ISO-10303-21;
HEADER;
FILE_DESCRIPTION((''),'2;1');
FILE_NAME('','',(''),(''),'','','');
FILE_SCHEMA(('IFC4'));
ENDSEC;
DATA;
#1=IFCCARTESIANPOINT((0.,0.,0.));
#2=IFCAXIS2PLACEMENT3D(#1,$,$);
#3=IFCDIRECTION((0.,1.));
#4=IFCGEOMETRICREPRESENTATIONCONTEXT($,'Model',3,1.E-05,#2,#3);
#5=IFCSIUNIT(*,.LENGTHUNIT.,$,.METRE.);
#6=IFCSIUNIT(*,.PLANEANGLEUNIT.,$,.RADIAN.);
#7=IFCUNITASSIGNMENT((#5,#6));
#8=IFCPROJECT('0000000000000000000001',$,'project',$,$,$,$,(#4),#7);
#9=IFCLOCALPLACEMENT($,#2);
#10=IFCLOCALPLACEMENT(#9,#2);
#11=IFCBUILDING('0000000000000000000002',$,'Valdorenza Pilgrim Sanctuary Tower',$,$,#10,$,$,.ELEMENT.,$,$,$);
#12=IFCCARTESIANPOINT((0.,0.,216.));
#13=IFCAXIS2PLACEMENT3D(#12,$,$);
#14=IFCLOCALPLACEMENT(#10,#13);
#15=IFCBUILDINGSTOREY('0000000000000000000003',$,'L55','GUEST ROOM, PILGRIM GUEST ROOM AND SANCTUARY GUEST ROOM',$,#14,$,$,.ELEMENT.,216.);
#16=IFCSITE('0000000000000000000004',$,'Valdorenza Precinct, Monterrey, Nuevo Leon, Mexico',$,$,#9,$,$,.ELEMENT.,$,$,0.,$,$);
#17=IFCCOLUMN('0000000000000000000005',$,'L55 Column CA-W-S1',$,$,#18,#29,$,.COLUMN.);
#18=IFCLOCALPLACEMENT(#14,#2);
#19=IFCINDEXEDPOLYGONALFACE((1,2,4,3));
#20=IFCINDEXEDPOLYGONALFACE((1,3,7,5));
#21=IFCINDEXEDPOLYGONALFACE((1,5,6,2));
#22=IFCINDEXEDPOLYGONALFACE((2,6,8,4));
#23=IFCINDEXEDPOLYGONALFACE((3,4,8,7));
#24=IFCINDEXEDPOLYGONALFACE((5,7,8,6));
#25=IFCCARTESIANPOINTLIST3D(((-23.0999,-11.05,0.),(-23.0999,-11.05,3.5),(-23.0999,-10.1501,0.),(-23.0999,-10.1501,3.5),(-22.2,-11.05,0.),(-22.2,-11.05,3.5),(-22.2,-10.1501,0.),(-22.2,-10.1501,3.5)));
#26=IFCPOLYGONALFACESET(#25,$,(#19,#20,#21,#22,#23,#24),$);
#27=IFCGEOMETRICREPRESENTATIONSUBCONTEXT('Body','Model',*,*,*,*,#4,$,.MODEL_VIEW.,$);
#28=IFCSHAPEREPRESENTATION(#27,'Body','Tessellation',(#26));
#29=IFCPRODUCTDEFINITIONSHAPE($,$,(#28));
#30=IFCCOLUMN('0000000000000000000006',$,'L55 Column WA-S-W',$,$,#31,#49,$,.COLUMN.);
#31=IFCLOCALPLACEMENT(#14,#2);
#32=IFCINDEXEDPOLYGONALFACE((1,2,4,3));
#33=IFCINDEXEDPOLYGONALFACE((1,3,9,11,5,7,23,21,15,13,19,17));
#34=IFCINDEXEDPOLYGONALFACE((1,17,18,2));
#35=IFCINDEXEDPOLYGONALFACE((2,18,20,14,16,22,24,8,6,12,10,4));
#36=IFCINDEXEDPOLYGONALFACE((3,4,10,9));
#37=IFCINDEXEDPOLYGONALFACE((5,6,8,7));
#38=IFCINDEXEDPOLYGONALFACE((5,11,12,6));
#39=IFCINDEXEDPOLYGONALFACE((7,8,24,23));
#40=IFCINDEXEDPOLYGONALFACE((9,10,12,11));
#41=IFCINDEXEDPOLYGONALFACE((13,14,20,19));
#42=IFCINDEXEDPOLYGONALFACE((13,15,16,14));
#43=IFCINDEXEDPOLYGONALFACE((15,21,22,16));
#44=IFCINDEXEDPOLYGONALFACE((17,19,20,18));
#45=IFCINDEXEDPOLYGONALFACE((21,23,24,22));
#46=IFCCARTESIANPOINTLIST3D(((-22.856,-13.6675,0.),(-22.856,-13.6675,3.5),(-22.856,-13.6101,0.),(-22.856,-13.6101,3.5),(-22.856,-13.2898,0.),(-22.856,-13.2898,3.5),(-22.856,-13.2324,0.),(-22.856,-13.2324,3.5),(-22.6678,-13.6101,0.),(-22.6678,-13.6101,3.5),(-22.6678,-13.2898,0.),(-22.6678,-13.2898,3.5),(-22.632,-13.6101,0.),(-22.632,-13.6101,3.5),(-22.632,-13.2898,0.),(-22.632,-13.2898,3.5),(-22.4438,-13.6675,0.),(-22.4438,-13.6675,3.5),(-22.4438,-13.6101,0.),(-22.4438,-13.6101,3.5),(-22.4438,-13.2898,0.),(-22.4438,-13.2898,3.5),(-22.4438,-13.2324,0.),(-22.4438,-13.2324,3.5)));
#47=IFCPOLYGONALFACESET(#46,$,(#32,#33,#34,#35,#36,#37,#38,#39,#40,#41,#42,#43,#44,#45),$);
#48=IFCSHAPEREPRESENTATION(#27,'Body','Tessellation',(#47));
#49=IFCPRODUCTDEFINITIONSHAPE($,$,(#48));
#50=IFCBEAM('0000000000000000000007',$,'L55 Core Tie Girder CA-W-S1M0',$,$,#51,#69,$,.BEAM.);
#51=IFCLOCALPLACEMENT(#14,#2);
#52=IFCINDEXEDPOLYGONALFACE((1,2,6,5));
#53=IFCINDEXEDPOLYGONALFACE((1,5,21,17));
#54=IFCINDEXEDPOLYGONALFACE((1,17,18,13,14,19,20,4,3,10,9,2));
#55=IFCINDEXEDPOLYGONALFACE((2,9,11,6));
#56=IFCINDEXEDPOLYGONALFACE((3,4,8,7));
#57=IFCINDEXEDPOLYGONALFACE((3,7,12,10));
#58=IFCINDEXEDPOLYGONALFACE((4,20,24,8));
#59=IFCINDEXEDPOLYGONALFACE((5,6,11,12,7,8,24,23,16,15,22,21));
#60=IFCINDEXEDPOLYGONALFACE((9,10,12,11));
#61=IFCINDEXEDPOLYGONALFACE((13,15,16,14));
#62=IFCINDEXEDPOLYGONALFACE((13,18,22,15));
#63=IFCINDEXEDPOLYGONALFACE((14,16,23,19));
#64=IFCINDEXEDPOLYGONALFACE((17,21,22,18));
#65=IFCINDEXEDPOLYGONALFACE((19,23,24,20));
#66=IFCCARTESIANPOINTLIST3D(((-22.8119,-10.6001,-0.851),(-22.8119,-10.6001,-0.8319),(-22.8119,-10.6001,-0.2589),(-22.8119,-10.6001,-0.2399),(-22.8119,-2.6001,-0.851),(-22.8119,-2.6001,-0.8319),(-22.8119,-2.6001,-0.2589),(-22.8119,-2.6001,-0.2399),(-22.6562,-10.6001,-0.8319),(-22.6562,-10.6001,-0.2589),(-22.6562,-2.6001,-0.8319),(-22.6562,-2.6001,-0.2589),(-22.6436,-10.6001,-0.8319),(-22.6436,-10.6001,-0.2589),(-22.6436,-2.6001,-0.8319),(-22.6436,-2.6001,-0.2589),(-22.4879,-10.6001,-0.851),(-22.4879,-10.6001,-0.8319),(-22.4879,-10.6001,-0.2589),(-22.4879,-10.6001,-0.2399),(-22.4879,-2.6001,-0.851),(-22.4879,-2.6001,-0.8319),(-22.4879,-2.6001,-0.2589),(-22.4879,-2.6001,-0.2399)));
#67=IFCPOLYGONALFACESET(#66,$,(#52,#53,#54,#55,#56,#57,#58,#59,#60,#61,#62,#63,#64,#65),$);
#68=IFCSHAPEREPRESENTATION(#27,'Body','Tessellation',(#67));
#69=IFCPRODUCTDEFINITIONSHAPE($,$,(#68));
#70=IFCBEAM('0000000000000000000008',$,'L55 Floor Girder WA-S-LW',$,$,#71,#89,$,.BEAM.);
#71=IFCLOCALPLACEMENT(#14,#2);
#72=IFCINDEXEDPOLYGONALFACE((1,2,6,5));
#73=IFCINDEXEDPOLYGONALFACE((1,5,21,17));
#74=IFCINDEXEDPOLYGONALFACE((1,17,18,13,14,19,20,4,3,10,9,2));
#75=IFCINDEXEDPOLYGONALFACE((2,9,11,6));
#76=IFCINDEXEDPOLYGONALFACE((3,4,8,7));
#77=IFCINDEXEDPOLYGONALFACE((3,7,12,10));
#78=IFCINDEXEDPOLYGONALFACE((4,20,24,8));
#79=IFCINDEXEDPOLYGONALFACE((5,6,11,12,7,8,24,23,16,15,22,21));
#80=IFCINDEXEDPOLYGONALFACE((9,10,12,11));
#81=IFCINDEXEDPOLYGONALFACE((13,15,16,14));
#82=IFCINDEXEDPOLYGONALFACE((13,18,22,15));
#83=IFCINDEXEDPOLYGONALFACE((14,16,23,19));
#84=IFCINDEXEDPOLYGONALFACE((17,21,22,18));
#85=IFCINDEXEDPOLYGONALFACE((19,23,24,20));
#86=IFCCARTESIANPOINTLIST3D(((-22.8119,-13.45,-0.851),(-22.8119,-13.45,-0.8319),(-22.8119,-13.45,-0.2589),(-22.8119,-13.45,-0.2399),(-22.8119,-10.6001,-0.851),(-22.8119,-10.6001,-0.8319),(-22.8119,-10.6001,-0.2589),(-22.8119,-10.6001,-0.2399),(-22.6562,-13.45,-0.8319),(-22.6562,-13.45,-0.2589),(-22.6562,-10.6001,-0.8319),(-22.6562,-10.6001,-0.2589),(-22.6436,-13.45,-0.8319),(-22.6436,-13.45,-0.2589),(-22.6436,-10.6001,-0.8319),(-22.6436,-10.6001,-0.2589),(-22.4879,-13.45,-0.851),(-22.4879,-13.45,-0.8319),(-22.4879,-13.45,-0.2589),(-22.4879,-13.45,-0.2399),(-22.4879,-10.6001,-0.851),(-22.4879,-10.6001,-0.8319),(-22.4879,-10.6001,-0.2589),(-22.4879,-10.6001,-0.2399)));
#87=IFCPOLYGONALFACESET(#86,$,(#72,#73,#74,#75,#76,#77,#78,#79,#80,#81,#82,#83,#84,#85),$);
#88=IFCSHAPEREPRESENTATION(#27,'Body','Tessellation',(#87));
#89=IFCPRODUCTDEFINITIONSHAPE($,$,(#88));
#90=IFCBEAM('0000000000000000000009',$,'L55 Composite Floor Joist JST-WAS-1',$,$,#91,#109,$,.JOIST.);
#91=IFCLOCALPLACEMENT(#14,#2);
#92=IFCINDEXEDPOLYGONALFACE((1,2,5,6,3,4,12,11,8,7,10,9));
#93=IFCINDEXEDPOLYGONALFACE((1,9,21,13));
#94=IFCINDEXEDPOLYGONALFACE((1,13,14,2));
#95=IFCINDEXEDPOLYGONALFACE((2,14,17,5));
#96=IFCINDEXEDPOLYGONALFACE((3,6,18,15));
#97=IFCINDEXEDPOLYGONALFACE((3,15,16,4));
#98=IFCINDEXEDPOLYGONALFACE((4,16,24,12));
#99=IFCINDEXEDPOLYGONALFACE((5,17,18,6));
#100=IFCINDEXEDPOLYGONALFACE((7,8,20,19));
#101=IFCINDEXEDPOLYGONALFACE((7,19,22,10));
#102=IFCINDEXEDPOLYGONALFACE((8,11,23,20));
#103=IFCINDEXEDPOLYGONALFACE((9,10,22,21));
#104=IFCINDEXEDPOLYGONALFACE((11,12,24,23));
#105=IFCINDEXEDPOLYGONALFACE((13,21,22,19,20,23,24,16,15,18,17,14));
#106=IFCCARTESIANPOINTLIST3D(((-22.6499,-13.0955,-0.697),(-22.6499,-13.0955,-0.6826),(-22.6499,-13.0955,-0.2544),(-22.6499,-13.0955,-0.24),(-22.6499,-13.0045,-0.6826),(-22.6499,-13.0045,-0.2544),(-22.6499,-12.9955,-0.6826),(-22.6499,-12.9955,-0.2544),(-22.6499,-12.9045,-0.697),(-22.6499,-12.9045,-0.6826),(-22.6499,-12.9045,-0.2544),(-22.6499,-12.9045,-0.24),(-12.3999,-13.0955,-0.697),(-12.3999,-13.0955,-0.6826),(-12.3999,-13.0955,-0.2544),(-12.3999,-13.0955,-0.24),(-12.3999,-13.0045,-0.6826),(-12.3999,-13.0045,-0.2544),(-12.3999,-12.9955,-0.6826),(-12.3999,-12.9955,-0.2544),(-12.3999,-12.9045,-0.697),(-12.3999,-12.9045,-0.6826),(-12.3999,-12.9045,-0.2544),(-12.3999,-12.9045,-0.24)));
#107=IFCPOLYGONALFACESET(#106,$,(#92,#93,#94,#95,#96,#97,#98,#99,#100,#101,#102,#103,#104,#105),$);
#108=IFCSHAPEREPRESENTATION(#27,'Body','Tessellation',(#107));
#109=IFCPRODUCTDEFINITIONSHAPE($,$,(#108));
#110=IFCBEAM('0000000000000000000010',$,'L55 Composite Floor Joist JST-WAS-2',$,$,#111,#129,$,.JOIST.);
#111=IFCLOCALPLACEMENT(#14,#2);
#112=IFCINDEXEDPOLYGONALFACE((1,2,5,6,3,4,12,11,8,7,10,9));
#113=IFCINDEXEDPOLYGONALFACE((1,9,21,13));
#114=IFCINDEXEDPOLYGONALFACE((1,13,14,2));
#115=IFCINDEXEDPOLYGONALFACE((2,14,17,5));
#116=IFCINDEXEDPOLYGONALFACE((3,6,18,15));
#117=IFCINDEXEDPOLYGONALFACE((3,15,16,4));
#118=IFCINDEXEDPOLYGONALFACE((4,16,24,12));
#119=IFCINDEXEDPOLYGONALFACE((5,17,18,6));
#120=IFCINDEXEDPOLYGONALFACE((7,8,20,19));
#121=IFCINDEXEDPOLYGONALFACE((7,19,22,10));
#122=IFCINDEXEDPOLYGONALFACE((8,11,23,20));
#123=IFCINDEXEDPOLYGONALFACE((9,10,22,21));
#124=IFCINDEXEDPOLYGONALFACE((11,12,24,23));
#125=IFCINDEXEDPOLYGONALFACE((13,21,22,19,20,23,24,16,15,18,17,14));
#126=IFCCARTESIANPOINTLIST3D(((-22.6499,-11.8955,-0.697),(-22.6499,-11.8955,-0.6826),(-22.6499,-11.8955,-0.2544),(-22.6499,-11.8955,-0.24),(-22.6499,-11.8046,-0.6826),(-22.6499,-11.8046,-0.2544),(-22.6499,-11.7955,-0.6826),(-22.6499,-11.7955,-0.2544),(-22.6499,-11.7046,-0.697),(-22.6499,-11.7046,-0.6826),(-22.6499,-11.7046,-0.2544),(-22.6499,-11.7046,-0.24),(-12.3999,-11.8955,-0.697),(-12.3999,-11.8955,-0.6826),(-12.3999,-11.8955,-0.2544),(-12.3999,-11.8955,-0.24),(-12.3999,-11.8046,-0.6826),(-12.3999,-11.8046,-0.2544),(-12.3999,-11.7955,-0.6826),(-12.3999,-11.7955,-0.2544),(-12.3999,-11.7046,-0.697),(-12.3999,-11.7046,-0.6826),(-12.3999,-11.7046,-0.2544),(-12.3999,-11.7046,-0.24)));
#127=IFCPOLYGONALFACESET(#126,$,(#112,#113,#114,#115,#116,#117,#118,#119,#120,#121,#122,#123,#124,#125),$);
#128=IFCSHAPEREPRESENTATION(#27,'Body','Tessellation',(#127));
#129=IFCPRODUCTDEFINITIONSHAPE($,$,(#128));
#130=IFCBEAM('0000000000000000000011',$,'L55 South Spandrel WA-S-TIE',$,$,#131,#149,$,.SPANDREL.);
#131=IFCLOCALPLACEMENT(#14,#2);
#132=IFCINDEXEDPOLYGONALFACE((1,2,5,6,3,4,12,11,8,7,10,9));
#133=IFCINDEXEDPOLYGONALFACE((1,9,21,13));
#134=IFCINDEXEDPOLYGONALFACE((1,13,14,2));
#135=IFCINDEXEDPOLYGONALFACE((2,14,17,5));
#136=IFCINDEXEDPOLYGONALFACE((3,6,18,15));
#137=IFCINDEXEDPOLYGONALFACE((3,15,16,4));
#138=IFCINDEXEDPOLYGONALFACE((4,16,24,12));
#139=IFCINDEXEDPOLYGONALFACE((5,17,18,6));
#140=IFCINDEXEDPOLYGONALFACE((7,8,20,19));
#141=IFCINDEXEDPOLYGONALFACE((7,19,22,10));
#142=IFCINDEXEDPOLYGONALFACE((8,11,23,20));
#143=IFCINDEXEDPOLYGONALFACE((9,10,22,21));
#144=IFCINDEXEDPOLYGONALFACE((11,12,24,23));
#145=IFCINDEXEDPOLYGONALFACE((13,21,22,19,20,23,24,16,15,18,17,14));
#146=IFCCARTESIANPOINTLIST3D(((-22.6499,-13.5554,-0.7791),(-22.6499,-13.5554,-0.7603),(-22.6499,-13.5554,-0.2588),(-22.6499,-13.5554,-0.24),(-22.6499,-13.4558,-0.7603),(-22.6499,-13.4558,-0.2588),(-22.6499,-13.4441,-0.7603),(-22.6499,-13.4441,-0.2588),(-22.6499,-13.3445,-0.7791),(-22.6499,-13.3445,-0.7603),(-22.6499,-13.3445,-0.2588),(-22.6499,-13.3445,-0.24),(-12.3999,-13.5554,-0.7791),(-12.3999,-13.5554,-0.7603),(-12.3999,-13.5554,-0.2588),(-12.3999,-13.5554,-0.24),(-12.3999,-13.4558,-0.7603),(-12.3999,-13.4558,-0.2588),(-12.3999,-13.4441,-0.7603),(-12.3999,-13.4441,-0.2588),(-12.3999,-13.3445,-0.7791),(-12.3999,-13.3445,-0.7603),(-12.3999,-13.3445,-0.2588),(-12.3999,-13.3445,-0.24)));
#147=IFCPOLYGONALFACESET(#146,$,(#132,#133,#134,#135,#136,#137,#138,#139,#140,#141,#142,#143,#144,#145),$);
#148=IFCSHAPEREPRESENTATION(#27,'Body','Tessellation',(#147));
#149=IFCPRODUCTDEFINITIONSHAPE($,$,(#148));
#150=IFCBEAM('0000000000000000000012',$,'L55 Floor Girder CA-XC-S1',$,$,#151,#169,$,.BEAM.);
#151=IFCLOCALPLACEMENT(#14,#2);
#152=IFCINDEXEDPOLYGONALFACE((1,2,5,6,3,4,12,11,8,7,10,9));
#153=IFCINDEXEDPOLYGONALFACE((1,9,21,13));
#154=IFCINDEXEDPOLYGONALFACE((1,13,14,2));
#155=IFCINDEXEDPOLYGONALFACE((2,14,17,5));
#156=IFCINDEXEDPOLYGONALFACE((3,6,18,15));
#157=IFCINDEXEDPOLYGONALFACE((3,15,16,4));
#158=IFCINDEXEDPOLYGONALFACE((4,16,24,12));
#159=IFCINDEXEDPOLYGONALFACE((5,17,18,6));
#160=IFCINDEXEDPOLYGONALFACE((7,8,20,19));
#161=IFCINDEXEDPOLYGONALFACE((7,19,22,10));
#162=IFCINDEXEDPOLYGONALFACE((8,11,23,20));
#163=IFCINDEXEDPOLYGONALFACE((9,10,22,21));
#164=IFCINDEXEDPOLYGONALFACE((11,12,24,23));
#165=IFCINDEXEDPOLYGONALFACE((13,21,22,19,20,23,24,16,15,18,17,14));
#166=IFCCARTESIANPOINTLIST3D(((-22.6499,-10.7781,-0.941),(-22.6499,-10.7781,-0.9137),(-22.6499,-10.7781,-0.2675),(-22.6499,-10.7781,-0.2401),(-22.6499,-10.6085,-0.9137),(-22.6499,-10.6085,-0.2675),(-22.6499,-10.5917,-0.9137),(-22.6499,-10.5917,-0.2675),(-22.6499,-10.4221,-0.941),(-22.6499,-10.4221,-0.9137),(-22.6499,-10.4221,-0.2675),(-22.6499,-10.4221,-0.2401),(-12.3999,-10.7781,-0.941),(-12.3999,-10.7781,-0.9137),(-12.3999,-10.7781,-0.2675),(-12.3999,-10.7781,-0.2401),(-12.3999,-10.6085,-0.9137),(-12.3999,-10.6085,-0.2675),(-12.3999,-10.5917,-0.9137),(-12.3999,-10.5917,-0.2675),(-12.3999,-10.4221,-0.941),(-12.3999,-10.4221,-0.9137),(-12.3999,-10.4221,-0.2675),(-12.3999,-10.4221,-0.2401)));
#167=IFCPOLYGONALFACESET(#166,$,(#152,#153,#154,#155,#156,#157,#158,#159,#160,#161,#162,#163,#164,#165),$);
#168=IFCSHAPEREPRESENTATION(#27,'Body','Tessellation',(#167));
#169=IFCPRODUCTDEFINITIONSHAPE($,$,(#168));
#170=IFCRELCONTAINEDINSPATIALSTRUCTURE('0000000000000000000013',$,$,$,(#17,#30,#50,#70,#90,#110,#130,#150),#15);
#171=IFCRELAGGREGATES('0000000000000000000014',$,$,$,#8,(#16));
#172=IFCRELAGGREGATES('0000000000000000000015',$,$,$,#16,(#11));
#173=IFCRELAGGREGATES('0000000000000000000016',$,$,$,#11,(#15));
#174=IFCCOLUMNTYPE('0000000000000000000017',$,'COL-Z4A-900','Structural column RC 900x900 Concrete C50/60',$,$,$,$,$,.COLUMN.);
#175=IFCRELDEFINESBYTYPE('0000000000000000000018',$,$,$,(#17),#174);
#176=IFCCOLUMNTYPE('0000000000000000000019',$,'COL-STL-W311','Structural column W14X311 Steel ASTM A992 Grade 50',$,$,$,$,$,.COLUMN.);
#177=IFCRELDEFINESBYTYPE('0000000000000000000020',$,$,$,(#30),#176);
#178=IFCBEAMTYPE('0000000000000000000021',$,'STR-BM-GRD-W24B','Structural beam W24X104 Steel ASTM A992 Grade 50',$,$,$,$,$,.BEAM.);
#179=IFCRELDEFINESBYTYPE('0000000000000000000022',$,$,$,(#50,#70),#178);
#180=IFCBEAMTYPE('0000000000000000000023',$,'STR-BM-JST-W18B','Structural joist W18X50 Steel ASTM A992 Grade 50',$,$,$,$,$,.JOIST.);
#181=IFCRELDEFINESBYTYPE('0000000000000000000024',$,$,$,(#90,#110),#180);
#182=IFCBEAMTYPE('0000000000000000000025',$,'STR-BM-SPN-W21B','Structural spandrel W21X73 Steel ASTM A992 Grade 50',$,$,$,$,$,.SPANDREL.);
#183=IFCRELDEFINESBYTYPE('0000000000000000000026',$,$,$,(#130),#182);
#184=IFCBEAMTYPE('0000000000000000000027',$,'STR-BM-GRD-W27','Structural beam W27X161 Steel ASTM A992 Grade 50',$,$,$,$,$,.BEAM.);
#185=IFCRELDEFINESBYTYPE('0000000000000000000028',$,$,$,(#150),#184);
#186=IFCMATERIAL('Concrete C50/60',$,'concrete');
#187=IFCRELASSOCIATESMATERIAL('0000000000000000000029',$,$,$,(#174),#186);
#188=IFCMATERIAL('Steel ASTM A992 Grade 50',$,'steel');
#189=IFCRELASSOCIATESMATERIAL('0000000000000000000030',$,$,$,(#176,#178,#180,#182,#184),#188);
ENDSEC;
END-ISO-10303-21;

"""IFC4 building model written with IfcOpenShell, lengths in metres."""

from ifc_helpers import new_model, si_unit, direction, frame, origin, origin_2d, place, context, subcontext, project, spatial, rectangle, i_section, extrude, source, transform, mapped, material, material_profile, profile_set, type_object, element, save


model = new_model("IFC4")

# Units and contexts
model_context = context("Model", 3, precision=1e-05, world=origin(), true_north=direction((0.0, 1.0)))
body_context = subcontext(model_context, "Body", "Model", "MODEL_VIEW")
ifc_project = project(units=[si_unit("LENGTHUNIT", "METRE"), si_unit("PLANEANGLEUNIT", "RADIAN")], contexts=[model_context])

# Site, building, storey
site_placement = place(None, origin())
site = spatial("IfcSite", under=ifc_project, at=site_placement, Name="Valdorenza Precinct, Monterrey, Nuevo Leon, Mexico", CompositionType="ELEMENT", RefElevation=0.0)
building_placement = place(site_placement, origin())
building = spatial("IfcBuilding", under=site, at=building_placement, Name="Valdorenza Pilgrim Sanctuary Tower", CompositionType="ELEMENT")
storey_placement = place(building_placement, frame((0.0, 0.0, 216.0)))
storey = spatial("IfcBuildingStorey", under=building, at=storey_placement, Name="L55", Description="GUEST ROOM, PILGRIM GUEST ROOM AND SANCTUARY GUEST ROOM", CompositionType="ELEMENT", Elevation=216.0)

# Columns
ifc_material_1 = material(Name="Concrete C50/60", Category="concrete")
ifc_material_profile_1 = material_profile(ifc_material_1, rectangle(XDim=0.8999, YDim=0.8999, at=origin_2d()), Name="RC 900x900")
ifc_profile_set_1 = profile_set([ifc_material_profile_1], Name="Concrete C50/60")
column_type_1 = type_object("IfcColumnType", Name="COL-Z4A-900", Description="Structural column RC 900x900 Concrete C50/60", PredefinedType="COLUMN", material=ifc_profile_set_1)
shared_shape_1 = source(origin(), body_context, "Body", "SweptSolid", [
    extrude(rectangle(XDim=0.8999, YDim=0.8999, at=origin_2d()), origin(), (0.0, 0.0, 1.0), 3.5),
])
column_1_placement = place(storey_placement, frame((-22.6499, -10.6001, 0.0), z_axis=(0.0, 0.0, 1.0), x_axis=(1.0, 0.0, 0.0)))
element("IfcColumn", 1, at=column_1_placement, inside=storey, type_object=column_type_1, Name="L55 Column CA-W-S1", PredefinedType="COLUMN", context=body_context, shape_type="MappedRepresentation", body=[
    mapped(shared_shape_1, transform((0.0, 0.0, 0.0), x_axis=(1.0, 0.0, 0.0), y_axis=(0.0, 1.0, 0.0), z_axis=(0.0, 0.0, 1.0), scale=1.0)),
])
ifc_material_2 = material(Name="Steel ASTM A992 Grade 50", Category="steel")
ifc_material_profile_2 = material_profile(ifc_material_2, i_section(OverallWidth=0.4121, OverallDepth=0.4351, WebThickness=0.0359, FlangeThickness=0.0574, at=origin_2d()), Name="W14X311")
ifc_profile_set_2 = profile_set([ifc_material_profile_2], Name="Steel ASTM A992 Grade 50")
column_type_2 = type_object("IfcColumnType", Name="COL-STL-W311", Description="Structural column W14X311 Steel ASTM A992 Grade 50", PredefinedType="COLUMN", material=ifc_profile_set_2)
shared_shape_2 = source(origin(), body_context, "Body", "SweptSolid", [
    extrude(i_section(OverallWidth=0.4121, OverallDepth=0.4351, WebThickness=0.0359, FlangeThickness=0.0574, at=origin_2d()), origin(), (0.0, 0.0, 1.0), 3.5),
])
column_2_placement = place(storey_placement, frame((-22.6499, -13.45, 0.0), z_axis=(0.0, 0.0, 1.0), x_axis=(1.0, 0.0, 0.0)))
element("IfcColumn", 2, at=column_2_placement, inside=storey, type_object=column_type_2, Name="L55 Column WA-S-W", PredefinedType="COLUMN", context=body_context, shape_type="MappedRepresentation", body=[
    mapped(shared_shape_2, transform((0.0, 0.0, 0.0), x_axis=(1.0, 0.0, 0.0), y_axis=(0.0, 1.0, 0.0), z_axis=(0.0, 0.0, 1.0), scale=1.0)),
])

# Beams
ifc_material_profile_3 = material_profile(ifc_material_2, i_section(OverallWidth=0.324, OverallDepth=0.6111, WebThickness=0.0127, FlangeThickness=0.019, at=origin_2d()), Name="W24X104")
ifc_profile_set_3 = profile_set([ifc_material_profile_3], Name="Steel ASTM A992 Grade 50")
beam_type_1 = type_object("IfcBeamType", Name="STR-BM-GRD-W24B", Description="Structural beam W24X104 Steel ASTM A992 Grade 50", PredefinedType="BEAM", material=ifc_profile_set_3)
shared_shape_3 = source(origin(), body_context, "Body", "SweptSolid", [
    extrude(i_section(OverallWidth=0.324, OverallDepth=0.6111, WebThickness=0.0127, FlangeThickness=0.019, at=origin_2d()), origin(), (0.0, 0.0, 1.0), 8.0),
])
beam_1_placement = place(storey_placement, frame((-22.6499, -10.6001, -0.5454), z_axis=(0.0, 1.0, 0.0), x_axis=(-1.0, 0.0, 0.0)))
element("IfcBeam", 3, at=beam_1_placement, inside=storey, type_object=beam_type_1, Name="L55 Core Tie Girder CA-W-S1M0", PredefinedType="BEAM", context=body_context, shape_type="MappedRepresentation", body=[
    mapped(shared_shape_3, transform((0.0, 0.0, 0.0), x_axis=(1.0, 0.0, 0.0), y_axis=(0.0, 1.0, 0.0), z_axis=(0.0, 0.0, 1.0), scale=1.0)),
])
shared_shape_4 = source(origin(), body_context, "Body", "SweptSolid", [
    extrude(i_section(OverallWidth=0.324, OverallDepth=0.6111, WebThickness=0.0127, FlangeThickness=0.019, at=origin_2d()), origin(), (0.0, 0.0, 1.0), 2.8499),
])
beam_2_placement = place(storey_placement, frame((-22.6499, -13.45, -0.5454), z_axis=(0.0, 1.0, 0.0), x_axis=(-1.0, 0.0, 0.0)))
element("IfcBeam", 4, at=beam_2_placement, inside=storey, type_object=beam_type_1, Name="L55 Floor Girder WA-S-LW", PredefinedType="BEAM", context=body_context, shape_type="MappedRepresentation", body=[
    mapped(shared_shape_4, transform((0.0, 0.0, 0.0), x_axis=(1.0, 0.0, 0.0), y_axis=(0.0, 1.0, 0.0), z_axis=(0.0, 0.0, 1.0), scale=1.0)),
])
ifc_material_profile_4 = material_profile(ifc_material_2, i_section(OverallWidth=0.1909, OverallDepth=0.457, WebThickness=0.009, FlangeThickness=0.0144, at=origin_2d()), Name="W18X50")
ifc_profile_set_4 = profile_set([ifc_material_profile_4], Name="Steel ASTM A992 Grade 50")
beam_type_2 = type_object("IfcBeamType", Name="STR-BM-JST-W18B", Description="Structural joist W18X50 Steel ASTM A992 Grade 50", PredefinedType="JOIST", material=ifc_profile_set_4)
shared_shape_5 = source(origin(), body_context, "Body", "SweptSolid", [
    extrude(i_section(OverallWidth=0.1909, OverallDepth=0.457, WebThickness=0.009, FlangeThickness=0.0144, at=origin_2d()), origin(), (0.0, 0.0, 1.0), 10.25),
])
for number, where, z_axis, x_axis, name in (
    (5, (-22.6499, -13.0, -0.4685), (1.0, 0.0, 0.0), (0.0, 1.0, 0.0), "L55 Composite Floor Joist JST-WAS-1"),
    (6, (-22.6499, -11.8, -0.4685), (1.0, 0.0, 0.0), (0.0, 1.0, 0.0), "L55 Composite Floor Joist JST-WAS-2"),
):
    element("IfcBeam", number, at=place(storey_placement, frame(where, z_axis=z_axis, x_axis=x_axis)), inside=storey, type_object=beam_type_2, Name=name, PredefinedType="JOIST", context=body_context, shape_type="MappedRepresentation", body=[
        mapped(shared_shape_5, transform((0.0, 0.0, 0.0), x_axis=(1.0, 0.0, 0.0), y_axis=(0.0, 1.0, 0.0), z_axis=(0.0, 0.0, 1.0), scale=1.0)),
    ])
ifc_material_profile_5 = material_profile(ifc_material_2, i_section(OverallWidth=0.2109, OverallDepth=0.5391, WebThickness=0.0117, FlangeThickness=0.0188, at=origin_2d()), Name="W21X73")
ifc_profile_set_5 = profile_set([ifc_material_profile_5], Name="Steel ASTM A992 Grade 50")
beam_type_3 = type_object("IfcBeamType", Name="STR-BM-SPN-W21B", Description="Structural spandrel W21X73 Steel ASTM A992 Grade 50", PredefinedType="SPANDREL", material=ifc_profile_set_5)
shared_shape_6 = source(origin(), body_context, "Body", "SweptSolid", [
    extrude(i_section(OverallWidth=0.2109, OverallDepth=0.5391, WebThickness=0.0117, FlangeThickness=0.0188, at=origin_2d()), origin(), (0.0, 0.0, 1.0), 10.25),
])
beam_3_placement = place(storey_placement, frame((-22.6499, -13.45, -0.5095), z_axis=(1.0, 0.0, 0.0), x_axis=(0.0, 1.0, 0.0)))
element("IfcBeam", 7, at=beam_3_placement, inside=storey, type_object=beam_type_3, Name="L55 South Spandrel WA-S-TIE", PredefinedType="SPANDREL", context=body_context, shape_type="MappedRepresentation", body=[
    mapped(shared_shape_6, transform((0.0, 0.0, 0.0), x_axis=(1.0, 0.0, 0.0), y_axis=(0.0, 1.0, 0.0), z_axis=(0.0, 0.0, 1.0), scale=1.0)),
])
ifc_material_profile_6 = material_profile(ifc_material_2, i_section(OverallWidth=0.356, OverallDepth=0.7009, WebThickness=0.0168, FlangeThickness=0.0273, at=origin_2d()), Name="W27X161")
ifc_profile_set_6 = profile_set([ifc_material_profile_6], Name="Steel ASTM A992 Grade 50")
beam_type_4 = type_object("IfcBeamType", Name="STR-BM-GRD-W27", Description="Structural beam W27X161 Steel ASTM A992 Grade 50", PredefinedType="BEAM", material=ifc_profile_set_6)
shared_shape_7 = source(origin(), body_context, "Body", "SweptSolid", [
    extrude(i_section(OverallWidth=0.356, OverallDepth=0.7009, WebThickness=0.0168, FlangeThickness=0.0273, at=origin_2d()), origin(), (0.0, 0.0, 1.0), 10.25),
])
beam_4_placement = place(storey_placement, frame((-22.6499, -10.6001, -0.5906), z_axis=(1.0, 0.0, 0.0), x_axis=(0.0, 1.0, 0.0)))
element("IfcBeam", 8, at=beam_4_placement, inside=storey, type_object=beam_type_4, Name="L55 Floor Girder CA-XC-S1", PredefinedType="BEAM", context=body_context, shape_type="MappedRepresentation", body=[
    mapped(shared_shape_7, transform((0.0, 0.0, 0.0), x_axis=(1.0, 0.0, 0.0), y_axis=(0.0, 1.0, 0.0), z_axis=(0.0, 0.0, 1.0), scale=1.0)),
])

save(model, "model.ifc")
